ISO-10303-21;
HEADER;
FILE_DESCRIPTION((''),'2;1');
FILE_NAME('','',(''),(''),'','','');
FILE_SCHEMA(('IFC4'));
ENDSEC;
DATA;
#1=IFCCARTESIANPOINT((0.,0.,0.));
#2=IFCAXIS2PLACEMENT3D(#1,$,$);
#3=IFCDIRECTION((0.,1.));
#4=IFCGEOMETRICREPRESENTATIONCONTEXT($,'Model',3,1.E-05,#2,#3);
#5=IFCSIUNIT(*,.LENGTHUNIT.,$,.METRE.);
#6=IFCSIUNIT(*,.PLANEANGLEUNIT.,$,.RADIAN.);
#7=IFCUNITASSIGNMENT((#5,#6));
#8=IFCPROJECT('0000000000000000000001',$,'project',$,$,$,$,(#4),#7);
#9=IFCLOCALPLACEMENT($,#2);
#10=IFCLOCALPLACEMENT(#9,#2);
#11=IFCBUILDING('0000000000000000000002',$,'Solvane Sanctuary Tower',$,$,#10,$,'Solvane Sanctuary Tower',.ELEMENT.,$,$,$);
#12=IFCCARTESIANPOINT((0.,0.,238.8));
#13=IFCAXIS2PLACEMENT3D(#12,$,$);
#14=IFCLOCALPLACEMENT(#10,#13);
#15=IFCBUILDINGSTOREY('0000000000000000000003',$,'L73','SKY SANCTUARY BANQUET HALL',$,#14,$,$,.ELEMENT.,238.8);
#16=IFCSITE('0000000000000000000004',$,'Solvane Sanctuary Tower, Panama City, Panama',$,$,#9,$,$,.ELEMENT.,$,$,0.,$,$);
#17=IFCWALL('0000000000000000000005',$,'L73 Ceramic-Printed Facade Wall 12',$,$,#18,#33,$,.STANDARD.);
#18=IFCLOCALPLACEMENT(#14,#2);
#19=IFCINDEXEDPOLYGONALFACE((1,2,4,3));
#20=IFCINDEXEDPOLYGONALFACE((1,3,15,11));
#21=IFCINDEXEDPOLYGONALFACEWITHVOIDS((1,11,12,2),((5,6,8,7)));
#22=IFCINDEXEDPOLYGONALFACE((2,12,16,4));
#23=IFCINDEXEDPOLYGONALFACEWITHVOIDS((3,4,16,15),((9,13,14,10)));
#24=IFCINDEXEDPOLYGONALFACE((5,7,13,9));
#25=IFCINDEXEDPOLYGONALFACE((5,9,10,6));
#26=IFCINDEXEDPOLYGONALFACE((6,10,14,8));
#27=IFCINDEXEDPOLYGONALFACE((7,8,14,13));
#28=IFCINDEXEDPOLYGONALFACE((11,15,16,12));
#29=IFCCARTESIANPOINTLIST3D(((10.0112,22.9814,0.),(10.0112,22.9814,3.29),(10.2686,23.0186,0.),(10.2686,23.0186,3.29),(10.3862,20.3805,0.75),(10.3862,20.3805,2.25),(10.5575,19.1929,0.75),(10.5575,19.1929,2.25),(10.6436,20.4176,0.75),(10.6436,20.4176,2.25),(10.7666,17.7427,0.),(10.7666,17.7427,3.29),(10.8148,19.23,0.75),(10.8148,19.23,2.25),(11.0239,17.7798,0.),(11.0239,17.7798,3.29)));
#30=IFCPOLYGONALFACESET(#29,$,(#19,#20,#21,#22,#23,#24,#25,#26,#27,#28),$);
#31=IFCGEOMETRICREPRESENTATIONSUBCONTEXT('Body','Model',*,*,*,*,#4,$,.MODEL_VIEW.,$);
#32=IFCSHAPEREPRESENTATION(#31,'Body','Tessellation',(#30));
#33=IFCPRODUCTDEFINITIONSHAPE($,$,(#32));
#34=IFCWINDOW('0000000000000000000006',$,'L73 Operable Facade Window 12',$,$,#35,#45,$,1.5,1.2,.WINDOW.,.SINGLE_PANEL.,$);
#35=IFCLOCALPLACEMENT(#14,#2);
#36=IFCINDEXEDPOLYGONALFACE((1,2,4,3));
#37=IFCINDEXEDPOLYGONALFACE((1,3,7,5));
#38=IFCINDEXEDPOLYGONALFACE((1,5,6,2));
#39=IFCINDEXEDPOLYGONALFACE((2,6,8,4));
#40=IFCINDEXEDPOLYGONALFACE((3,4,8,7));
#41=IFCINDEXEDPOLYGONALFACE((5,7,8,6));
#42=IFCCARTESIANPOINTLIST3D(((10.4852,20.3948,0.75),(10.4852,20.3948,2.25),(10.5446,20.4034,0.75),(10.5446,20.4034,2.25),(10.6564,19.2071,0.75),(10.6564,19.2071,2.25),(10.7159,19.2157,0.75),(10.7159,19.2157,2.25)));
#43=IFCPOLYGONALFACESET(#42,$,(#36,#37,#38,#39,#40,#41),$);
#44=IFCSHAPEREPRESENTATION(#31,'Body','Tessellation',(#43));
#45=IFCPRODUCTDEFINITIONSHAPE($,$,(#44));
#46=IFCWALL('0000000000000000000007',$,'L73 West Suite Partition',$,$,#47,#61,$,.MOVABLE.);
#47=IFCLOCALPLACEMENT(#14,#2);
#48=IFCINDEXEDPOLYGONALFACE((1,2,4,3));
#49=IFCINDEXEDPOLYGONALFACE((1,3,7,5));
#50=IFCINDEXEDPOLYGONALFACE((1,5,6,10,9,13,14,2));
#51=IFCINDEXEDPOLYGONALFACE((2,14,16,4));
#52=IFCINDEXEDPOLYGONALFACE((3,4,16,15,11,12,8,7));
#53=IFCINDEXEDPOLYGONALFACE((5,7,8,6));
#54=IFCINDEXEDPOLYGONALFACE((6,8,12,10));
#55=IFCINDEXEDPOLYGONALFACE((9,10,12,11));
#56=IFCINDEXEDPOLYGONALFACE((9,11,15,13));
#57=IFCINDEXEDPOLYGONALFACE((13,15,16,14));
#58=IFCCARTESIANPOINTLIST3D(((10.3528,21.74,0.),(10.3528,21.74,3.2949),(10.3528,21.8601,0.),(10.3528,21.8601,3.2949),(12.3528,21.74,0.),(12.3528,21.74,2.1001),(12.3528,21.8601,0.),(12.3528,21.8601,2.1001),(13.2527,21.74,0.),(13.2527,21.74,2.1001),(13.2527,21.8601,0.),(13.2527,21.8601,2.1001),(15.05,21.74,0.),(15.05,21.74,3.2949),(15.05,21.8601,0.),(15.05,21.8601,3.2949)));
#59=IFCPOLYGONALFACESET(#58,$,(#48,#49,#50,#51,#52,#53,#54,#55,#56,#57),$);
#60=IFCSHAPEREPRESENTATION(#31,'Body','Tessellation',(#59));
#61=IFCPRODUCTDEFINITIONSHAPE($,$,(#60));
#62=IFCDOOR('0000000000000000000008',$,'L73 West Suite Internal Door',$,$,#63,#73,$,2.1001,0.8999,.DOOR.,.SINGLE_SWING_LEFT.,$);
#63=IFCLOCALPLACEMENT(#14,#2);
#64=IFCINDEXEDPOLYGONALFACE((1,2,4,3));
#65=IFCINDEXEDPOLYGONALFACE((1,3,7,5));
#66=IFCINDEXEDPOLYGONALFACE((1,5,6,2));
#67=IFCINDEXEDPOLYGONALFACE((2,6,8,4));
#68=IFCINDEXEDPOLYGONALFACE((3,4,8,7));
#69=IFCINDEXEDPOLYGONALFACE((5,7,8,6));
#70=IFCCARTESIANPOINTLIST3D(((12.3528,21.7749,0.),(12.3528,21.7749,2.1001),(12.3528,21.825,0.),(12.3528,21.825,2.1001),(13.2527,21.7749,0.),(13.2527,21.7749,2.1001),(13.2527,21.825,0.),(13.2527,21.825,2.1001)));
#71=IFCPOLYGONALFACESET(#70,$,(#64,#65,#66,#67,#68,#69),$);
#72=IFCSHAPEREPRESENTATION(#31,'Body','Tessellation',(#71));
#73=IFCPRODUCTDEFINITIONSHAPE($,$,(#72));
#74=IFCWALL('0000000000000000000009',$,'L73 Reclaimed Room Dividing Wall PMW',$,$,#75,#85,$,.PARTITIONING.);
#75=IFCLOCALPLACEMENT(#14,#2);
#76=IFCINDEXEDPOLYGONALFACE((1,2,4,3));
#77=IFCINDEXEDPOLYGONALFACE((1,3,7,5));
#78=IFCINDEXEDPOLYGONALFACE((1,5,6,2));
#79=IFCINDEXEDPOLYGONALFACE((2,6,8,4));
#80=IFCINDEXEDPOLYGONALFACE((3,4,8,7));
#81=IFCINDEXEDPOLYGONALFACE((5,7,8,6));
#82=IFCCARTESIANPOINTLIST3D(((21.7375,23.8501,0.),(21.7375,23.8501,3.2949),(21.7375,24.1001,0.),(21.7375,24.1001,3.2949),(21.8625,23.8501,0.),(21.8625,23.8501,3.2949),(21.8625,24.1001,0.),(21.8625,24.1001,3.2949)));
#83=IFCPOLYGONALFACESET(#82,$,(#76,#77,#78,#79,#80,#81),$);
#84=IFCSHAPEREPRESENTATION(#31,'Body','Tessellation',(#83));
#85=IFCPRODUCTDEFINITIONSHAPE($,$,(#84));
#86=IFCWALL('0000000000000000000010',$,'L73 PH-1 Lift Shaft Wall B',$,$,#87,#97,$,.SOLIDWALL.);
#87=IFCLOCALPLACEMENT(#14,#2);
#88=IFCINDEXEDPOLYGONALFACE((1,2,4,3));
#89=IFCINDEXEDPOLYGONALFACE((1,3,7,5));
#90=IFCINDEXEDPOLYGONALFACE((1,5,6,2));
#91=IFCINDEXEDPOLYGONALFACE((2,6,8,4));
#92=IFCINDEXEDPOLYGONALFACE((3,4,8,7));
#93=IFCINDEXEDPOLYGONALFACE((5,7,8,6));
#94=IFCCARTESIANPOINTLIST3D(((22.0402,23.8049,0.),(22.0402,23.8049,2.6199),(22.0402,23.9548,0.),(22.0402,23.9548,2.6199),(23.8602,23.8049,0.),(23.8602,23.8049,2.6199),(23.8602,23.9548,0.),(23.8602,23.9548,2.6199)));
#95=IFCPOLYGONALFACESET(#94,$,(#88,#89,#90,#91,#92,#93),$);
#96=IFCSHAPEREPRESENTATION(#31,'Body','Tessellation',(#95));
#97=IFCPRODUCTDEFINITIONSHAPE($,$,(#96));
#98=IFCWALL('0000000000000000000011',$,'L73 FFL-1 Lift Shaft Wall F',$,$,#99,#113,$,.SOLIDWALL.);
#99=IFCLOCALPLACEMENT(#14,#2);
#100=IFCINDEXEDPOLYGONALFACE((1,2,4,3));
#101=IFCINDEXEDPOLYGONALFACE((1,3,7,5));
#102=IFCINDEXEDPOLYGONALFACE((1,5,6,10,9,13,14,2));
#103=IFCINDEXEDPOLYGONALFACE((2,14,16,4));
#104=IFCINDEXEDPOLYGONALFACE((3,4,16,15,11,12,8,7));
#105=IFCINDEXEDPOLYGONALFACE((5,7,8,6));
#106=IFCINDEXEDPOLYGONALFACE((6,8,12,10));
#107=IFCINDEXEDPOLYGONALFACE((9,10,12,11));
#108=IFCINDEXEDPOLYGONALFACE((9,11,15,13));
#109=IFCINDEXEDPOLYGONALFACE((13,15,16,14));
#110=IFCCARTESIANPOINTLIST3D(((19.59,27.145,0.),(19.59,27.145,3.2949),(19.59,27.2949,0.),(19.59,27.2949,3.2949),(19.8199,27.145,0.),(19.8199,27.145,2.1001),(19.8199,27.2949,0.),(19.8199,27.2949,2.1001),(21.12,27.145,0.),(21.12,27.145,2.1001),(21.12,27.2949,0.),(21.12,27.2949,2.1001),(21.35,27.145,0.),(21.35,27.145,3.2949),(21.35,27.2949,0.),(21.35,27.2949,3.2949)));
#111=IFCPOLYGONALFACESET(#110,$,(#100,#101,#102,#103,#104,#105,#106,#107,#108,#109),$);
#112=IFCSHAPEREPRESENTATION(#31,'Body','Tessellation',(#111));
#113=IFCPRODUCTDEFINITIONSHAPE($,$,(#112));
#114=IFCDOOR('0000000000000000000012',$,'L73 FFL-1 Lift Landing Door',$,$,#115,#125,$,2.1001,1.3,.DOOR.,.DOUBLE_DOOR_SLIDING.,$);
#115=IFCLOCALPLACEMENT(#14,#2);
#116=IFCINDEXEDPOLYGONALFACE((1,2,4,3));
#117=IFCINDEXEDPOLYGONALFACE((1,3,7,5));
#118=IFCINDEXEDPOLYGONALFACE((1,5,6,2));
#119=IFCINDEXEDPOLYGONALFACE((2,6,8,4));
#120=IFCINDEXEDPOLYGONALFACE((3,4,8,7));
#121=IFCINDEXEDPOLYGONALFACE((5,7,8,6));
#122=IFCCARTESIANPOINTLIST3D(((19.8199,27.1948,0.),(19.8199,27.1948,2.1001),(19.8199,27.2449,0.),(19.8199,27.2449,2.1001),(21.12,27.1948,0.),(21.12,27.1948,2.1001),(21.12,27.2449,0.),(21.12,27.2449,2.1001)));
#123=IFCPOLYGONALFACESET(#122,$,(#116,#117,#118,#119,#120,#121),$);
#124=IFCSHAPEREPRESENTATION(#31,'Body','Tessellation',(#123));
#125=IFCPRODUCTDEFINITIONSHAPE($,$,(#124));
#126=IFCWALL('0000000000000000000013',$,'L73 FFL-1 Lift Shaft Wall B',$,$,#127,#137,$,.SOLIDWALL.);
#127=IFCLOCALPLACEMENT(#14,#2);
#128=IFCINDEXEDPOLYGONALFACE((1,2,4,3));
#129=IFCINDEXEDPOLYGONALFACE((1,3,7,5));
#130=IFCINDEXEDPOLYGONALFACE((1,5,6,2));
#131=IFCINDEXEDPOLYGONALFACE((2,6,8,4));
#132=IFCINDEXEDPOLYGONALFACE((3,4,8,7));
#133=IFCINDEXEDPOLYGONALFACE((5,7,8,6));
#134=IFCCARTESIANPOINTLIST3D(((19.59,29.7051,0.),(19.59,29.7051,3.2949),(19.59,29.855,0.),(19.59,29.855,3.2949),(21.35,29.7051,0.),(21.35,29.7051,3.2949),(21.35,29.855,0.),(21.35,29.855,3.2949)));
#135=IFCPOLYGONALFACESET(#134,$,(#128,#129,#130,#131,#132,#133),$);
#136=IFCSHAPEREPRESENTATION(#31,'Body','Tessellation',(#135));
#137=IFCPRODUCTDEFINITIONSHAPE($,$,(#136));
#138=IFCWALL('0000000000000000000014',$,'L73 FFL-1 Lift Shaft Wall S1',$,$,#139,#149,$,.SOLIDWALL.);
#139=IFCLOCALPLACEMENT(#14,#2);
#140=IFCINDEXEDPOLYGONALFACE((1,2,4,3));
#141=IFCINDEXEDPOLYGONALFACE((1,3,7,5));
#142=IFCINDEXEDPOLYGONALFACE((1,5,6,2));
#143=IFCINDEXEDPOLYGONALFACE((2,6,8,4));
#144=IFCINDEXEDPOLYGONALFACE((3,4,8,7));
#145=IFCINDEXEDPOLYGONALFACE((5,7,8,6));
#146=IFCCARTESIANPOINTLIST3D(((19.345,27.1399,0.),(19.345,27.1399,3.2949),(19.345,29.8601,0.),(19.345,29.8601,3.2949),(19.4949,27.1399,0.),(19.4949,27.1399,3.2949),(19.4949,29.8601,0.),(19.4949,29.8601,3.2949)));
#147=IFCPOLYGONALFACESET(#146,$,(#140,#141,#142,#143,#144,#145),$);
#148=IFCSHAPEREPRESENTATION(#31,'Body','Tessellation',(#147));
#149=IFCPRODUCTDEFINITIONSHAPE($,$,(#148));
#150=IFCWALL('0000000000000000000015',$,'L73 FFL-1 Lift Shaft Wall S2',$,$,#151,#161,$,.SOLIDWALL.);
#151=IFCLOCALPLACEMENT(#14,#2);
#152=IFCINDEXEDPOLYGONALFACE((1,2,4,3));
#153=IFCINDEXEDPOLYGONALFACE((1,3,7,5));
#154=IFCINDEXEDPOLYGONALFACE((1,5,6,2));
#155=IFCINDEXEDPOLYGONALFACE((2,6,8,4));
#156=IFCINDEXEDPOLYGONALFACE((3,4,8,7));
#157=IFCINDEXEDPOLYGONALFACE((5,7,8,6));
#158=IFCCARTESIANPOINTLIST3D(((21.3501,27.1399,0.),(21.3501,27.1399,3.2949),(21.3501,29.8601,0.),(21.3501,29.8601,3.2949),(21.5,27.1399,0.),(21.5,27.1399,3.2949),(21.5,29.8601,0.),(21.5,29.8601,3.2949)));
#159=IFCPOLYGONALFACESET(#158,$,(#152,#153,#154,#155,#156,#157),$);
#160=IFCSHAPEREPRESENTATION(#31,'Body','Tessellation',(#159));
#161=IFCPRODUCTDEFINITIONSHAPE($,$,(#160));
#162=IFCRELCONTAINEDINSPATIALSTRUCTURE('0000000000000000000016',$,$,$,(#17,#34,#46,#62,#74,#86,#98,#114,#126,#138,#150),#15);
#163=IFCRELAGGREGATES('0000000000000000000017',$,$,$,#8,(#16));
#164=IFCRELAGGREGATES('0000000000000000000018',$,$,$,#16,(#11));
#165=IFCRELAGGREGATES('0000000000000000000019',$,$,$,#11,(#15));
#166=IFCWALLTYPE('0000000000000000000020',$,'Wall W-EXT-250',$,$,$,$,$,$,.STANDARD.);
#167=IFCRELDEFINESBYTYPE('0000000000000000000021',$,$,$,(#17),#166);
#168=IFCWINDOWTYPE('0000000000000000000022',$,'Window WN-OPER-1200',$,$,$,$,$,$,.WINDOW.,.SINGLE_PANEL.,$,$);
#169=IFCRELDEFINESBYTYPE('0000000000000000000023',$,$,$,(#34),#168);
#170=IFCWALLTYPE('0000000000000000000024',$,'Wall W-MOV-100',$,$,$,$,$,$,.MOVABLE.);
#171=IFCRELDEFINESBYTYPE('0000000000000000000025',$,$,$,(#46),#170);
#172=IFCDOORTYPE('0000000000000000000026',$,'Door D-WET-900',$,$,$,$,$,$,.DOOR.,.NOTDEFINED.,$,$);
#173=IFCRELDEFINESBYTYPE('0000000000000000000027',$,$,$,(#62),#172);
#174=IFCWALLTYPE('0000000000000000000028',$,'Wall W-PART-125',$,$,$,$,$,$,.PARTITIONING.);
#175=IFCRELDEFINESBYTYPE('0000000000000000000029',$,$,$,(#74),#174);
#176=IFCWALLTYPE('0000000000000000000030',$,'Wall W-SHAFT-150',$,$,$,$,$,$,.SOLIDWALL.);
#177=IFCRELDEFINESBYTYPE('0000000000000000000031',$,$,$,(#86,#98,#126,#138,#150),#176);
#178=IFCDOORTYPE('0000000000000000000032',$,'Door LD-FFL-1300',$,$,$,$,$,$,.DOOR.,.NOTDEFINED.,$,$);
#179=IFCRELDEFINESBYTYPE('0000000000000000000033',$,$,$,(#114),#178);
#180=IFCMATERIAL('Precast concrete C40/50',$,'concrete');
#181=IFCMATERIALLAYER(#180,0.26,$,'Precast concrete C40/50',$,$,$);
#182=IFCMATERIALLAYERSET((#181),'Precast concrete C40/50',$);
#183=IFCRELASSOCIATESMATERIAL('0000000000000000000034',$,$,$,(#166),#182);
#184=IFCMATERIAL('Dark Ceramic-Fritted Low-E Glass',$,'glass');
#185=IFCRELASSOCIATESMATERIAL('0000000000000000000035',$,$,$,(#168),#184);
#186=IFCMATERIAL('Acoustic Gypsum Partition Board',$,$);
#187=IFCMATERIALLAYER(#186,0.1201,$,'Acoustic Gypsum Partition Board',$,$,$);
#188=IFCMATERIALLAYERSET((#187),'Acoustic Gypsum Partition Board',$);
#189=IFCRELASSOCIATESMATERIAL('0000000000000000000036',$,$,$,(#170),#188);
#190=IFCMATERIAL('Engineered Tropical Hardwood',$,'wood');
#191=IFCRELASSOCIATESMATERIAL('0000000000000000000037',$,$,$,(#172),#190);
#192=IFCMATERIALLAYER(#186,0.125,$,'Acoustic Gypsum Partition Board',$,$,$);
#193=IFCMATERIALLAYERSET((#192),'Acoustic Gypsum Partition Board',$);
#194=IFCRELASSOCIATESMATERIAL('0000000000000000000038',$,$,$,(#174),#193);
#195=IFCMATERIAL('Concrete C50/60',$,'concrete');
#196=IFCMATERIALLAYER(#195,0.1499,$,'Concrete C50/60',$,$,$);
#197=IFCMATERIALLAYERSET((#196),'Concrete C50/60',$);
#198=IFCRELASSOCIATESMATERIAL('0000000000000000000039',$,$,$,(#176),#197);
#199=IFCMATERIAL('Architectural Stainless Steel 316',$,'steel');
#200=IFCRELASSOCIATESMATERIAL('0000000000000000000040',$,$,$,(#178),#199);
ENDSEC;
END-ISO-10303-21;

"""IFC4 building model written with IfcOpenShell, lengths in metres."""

from ifc_helpers import new_model, si_unit, direction, frame, frame_2d, origin, place, context, subcontext, project, spatial, rectangle, extrude, material, layer, layer_set, type_object, element, fill, save


model = new_model("IFC4")

# Units and contexts
model_context = context("Model", 3, precision=1e-05, world=origin(), true_north=direction((0.0, 1.0)))
body_context = subcontext(model_context, "Body", "Model", "MODEL_VIEW")
ifc_project = project(units=[si_unit("LENGTHUNIT", "METRE"), si_unit("PLANEANGLEUNIT", "RADIAN")], contexts=[model_context])

# Site, building, storey
site_placement = place(None, origin())
site = spatial("IfcSite", under=ifc_project, at=site_placement, Name="Solvane Sanctuary Tower, Panama City, Panama", CompositionType="ELEMENT", RefElevation=0.0)
building_placement = place(site_placement, origin())
building = spatial("IfcBuilding", under=site, at=building_placement, Name="Solvane Sanctuary Tower", LongName="Solvane Sanctuary Tower", CompositionType="ELEMENT")
storey_placement = place(building_placement, frame((0.0, 0.0, 238.8)))
storey = spatial("IfcBuildingStorey", under=building, at=storey_placement, Name="L73", Description="SKY SANCTUARY BANQUET HALL", CompositionType="ELEMENT", Elevation=238.8)

# Shared definitions
ifc_material_1 = material(Name="Concrete C50/60", Category="concrete")
ifc_material_2 = material(Name="Acoustic Gypsum Partition Board")

# Wall, opening, window
ifc_material_3 = material(Name="Precast concrete C40/50", Category="concrete")
ifc_layer_1 = layer(ifc_material_3, 0.26, Name="Precast concrete C40/50")
ifc_layer_set_1 = layer_set([ifc_layer_1], Name="Precast concrete C40/50")
wall_type_1 = type_object("IfcWallType", Name="Wall W-EXT-250", PredefinedType="STANDARD", material=ifc_layer_set_1)
ifc_material_4 = material(Name="Dark Ceramic-Fritted Low-E Glass", Category="glass")
wall_1_placement = place(storey_placement, frame((10.1399, 23.0, 0.0), z_axis=(0.0, 0.0, 1.0), x_axis=(0.142713, -0.989764, 0.0)))
wall_1 = element("IfcWall", 1, at=wall_1_placement, inside=storey, type_object=wall_type_1, Name="L73 Ceramic-Printed Facade Wall 12", PredefinedType="STANDARD", context=body_context, shape_type="SweptSolid", body=[
    extrude(rectangle(XDim=5.293, YDim=0.26, at=frame_2d((2.6465, 0.0))), origin(), (0.0, 0.0, 1.0), 3.29),
])
opening_1_placement = place(wall_1_placement, frame((2.6277, 0.0, 0.75)))
opening_1 = element("IfcOpeningElement", 2, at=opening_1_placement, cuts=wall_1, PredefinedType="OPENING", context=body_context, shape_type="SweptSolid", body=[
    extrude(rectangle(XDim=1.2, YDim=1.5, at=frame_2d((0.6001, 0.75))), frame((0.0, 0.1399, 0.0), z_axis=(0.0, -1.0, 0.0), x_axis=(1.0, 0.0, 0.0)), (0.0, 0.0, 1.0), 0.28),
])
window_type_1 = type_object("IfcWindowType", Name="Window WN-OPER-1200", PartitioningType="SINGLE_PANEL", PredefinedType="WINDOW", material=ifc_material_4)
window_1_placement = place(opening_1_placement, origin())
window_1 = element("IfcWindow", 3, at=window_1_placement, inside=storey, type_object=window_type_1, Name="L73 Operable Facade Window 12", OverallHeight=1.5, OverallWidth=1.2, PartitioningType="SINGLE_PANEL", PredefinedType="WINDOW", context=body_context, shape_type="SweptSolid", body=[
    extrude(rectangle(XDim=1.2, YDim=1.5, at=frame_2d((0.6001, 0.75))), frame((0.0, 0.03, 0.0), z_axis=(0.0, -1.0, 0.0), x_axis=(1.0, 0.0, 0.0)), (0.0, 0.0, 1.0), 0.0601),
])
fill(opening_1, window_1)

# Wall, opening, door
ifc_layer_2 = layer(ifc_material_2, 0.1201, Name="Acoustic Gypsum Partition Board")
ifc_layer_set_2 = layer_set([ifc_layer_2], Name="Acoustic Gypsum Partition Board")
wall_type_2 = type_object("IfcWallType", Name="Wall W-MOV-100", PredefinedType="MOVABLE", material=ifc_layer_set_2)
wall_2_placement = place(storey_placement, frame((10.3528, 21.8, 0.0), z_axis=(0.0, 0.0, 1.0), x_axis=(1.0, 0.0, 0.0)))
wall_2 = element("IfcWall", 4, at=wall_2_placement, inside=storey, type_object=wall_type_2, Name="L73 West Suite Partition", PredefinedType="MOVABLE", context=body_context, shape_type="SweptSolid", body=[
    extrude(rectangle(XDim=4.6973, YDim=0.1201, at=frame_2d((2.3486, 0.0))), origin(), (0.0, 0.0, 1.0), 3.2949),
])
opening_2_placement = place(wall_2_placement, frame((2.0, 0.0, 0.0)))
opening_2 = element("IfcOpeningElement", 5, at=opening_2_placement, cuts=wall_2, PredefinedType="OPENING", context=body_context, shape_type="SweptSolid", body=[
    extrude(rectangle(XDim=0.8999, YDim=2.1001, at=frame_2d((0.45, 1.05))), frame((0.0, 0.0701, 0.0), z_axis=(0.0, -1.0, 0.0), x_axis=(1.0, 0.0, 0.0)), (0.0, 0.0, 1.0), 0.1401),
])
ifc_material_5 = material(Name="Engineered Tropical Hardwood", Category="wood")
door_type_1 = type_object("IfcDoorType", Name="Door D-WET-900", OperationType="NOTDEFINED", PredefinedType="DOOR", material=ifc_material_5)
door_1_placement = place(opening_2_placement, origin())
door_1 = element("IfcDoor", 6, at=door_1_placement, inside=storey, type_object=door_type_1, Name="L73 West Suite Internal Door", OperationType="SINGLE_SWING_LEFT", OverallHeight=2.1001, OverallWidth=0.8999, PredefinedType="DOOR", context=body_context, shape_type="SweptSolid", body=[
    extrude(rectangle(XDim=0.8999, YDim=2.1001, at=frame_2d((0.45, 1.05))), frame((0.0, 0.0249, 0.0), z_axis=(0.0, -1.0, 0.0), x_axis=(1.0, 0.0, 0.0)), (0.0, 0.0, 1.0), 0.05),
])
fill(opening_2, door_1)

# Walls
ifc_layer_3 = layer(ifc_material_2, 0.125, Name="Acoustic Gypsum Partition Board")
ifc_layer_set_3 = layer_set([ifc_layer_3], Name="Acoustic Gypsum Partition Board")
wall_type_3 = type_object("IfcWallType", Name="Wall W-PART-125", PredefinedType="PARTITIONING", material=ifc_layer_set_3)
wall_3_placement = place(storey_placement, frame((21.8, 23.8501, 0.0), z_axis=(0.0, 0.0, 1.0), x_axis=(0.0, 1.0, 0.0)))
element("IfcWall", 7, at=wall_3_placement, inside=storey, type_object=wall_type_3, Name="L73 Reclaimed Room Dividing Wall PMW", PredefinedType="PARTITIONING", context=body_context, shape_type="SweptSolid", body=[
    extrude(rectangle(XDim=0.25, YDim=0.125, at=frame_2d((0.125, 0.0))), origin(), (0.0, 0.0, 1.0), 3.2949),
])
ifc_layer_4 = layer(ifc_material_1, 0.1499, Name="Concrete C50/60")
ifc_layer_set_4 = layer_set([ifc_layer_4], Name="Concrete C50/60")
wall_type_4 = type_object("IfcWallType", Name="Wall W-SHAFT-150", PredefinedType="SOLIDWALL", material=ifc_layer_set_4)
wall_4_placement = place(storey_placement, frame((22.04, 23.8799, 0.0), z_axis=(0.0, 0.0, 1.0), x_axis=(1.0, 0.0, 0.0)))
element("IfcWall", 8, at=wall_4_placement, inside=storey, type_object=wall_type_4, Name="L73 PH-1 Lift Shaft Wall B", PredefinedType="SOLIDWALL", context=body_context, shape_type="SweptSolid", body=[
    extrude(rectangle(XDim=1.8201, YDim=0.1499, at=frame_2d((0.9102, 0.0))), origin(), (0.0, 0.0, 1.0), 2.6199),
])

# Wall, opening, door
wall_5_placement = place(storey_placement, frame((19.5901, 27.22, 0.0), z_axis=(0.0, 0.0, 1.0), x_axis=(1.0, 0.0, 0.0)))
wall_5 = element("IfcWall", 9, at=wall_5_placement, inside=storey, type_object=wall_type_4, Name="L73 FFL-1 Lift Shaft Wall F", PredefinedType="SOLIDWALL", context=body_context, shape_type="SweptSolid", body=[
    extrude(rectangle(XDim=1.76, YDim=0.1499, at=frame_2d((0.8799, 0.0))), origin(), (0.0, 0.0, 1.0), 3.2949),
])
opening_3_placement = place(wall_5_placement, frame((0.23, 0.0, 0.0)))
opening_3 = element("IfcOpeningElement", 10, at=opening_3_placement, cuts=wall_5, PredefinedType="OPENING", context=body_context, shape_type="SweptSolid", body=[
    extrude(rectangle(XDim=1.3, YDim=2.1001, at=frame_2d((0.6499, 1.05))), frame((0.0, 0.085, 0.0), z_axis=(0.0, -1.0, 0.0), x_axis=(1.0, 0.0, 0.0)), (0.0, 0.0, 1.0), 0.1699),
])
ifc_material_6 = material(Name="Architectural Stainless Steel 316", Category="steel")
door_type_2 = type_object("IfcDoorType", Name="Door LD-FFL-1300", OperationType="NOTDEFINED", PredefinedType="DOOR", material=ifc_material_6)
door_2_placement = place(opening_3_placement, origin())
door_2 = element("IfcDoor", 11, at=door_2_placement, inside=storey, type_object=door_type_2, Name="L73 FFL-1 Lift Landing Door", OperationType="DOUBLE_DOOR_SLIDING", OverallHeight=2.1001, OverallWidth=1.3, PredefinedType="DOOR", context=body_context, shape_type="SweptSolid", body=[
    extrude(rectangle(XDim=1.3, YDim=2.1001, at=frame_2d((0.6499, 1.05))), frame((0.0, 0.0249, 0.0), z_axis=(0.0, -1.0, 0.0), x_axis=(1.0, 0.0, 0.0)), (0.0, 0.0, 1.0), 0.05),
])
fill(opening_3, door_2)

# Walls
wall_6_placement = place(storey_placement, frame((19.5901, 29.78, 0.0), z_axis=(0.0, 0.0, 1.0), x_axis=(1.0, 0.0, 0.0)))
element("IfcWall", 12, at=wall_6_placement, inside=storey, type_object=wall_type_4, Name="L73 FFL-1 Lift Shaft Wall B", PredefinedType="SOLIDWALL", context=body_context, shape_type="SweptSolid", body=[
    extrude(rectangle(XDim=1.76, YDim=0.1499, at=frame_2d((0.8799, 0.0))), origin(), (0.0, 0.0, 1.0), 3.2949),
])
for number, where, z_axis, x_axis, name in (
    (13, (19.4199, 27.1399, 0.0), (0.0, 0.0, 1.0), (0.0, 1.0, 0.0), "L73 FFL-1 Lift Shaft Wall S1"),
    (14, (21.425, 27.1399, 0.0), (0.0, 0.0, 1.0), (0.0, 1.0, 0.0), "L73 FFL-1 Lift Shaft Wall S2"),
):
    element("IfcWall", number, at=place(storey_placement, frame(where, z_axis=z_axis, x_axis=x_axis)), inside=storey, type_object=wall_type_4, Name=name, PredefinedType="SOLIDWALL", context=body_context, shape_type="SweptSolid", body=[
        extrude(rectangle(XDim=2.7202, YDim=0.1499, at=frame_2d((1.3601, 0.0))), origin(), (0.0, 0.0, 1.0), 3.2949),
    ])

save(model, "model.ifc")
